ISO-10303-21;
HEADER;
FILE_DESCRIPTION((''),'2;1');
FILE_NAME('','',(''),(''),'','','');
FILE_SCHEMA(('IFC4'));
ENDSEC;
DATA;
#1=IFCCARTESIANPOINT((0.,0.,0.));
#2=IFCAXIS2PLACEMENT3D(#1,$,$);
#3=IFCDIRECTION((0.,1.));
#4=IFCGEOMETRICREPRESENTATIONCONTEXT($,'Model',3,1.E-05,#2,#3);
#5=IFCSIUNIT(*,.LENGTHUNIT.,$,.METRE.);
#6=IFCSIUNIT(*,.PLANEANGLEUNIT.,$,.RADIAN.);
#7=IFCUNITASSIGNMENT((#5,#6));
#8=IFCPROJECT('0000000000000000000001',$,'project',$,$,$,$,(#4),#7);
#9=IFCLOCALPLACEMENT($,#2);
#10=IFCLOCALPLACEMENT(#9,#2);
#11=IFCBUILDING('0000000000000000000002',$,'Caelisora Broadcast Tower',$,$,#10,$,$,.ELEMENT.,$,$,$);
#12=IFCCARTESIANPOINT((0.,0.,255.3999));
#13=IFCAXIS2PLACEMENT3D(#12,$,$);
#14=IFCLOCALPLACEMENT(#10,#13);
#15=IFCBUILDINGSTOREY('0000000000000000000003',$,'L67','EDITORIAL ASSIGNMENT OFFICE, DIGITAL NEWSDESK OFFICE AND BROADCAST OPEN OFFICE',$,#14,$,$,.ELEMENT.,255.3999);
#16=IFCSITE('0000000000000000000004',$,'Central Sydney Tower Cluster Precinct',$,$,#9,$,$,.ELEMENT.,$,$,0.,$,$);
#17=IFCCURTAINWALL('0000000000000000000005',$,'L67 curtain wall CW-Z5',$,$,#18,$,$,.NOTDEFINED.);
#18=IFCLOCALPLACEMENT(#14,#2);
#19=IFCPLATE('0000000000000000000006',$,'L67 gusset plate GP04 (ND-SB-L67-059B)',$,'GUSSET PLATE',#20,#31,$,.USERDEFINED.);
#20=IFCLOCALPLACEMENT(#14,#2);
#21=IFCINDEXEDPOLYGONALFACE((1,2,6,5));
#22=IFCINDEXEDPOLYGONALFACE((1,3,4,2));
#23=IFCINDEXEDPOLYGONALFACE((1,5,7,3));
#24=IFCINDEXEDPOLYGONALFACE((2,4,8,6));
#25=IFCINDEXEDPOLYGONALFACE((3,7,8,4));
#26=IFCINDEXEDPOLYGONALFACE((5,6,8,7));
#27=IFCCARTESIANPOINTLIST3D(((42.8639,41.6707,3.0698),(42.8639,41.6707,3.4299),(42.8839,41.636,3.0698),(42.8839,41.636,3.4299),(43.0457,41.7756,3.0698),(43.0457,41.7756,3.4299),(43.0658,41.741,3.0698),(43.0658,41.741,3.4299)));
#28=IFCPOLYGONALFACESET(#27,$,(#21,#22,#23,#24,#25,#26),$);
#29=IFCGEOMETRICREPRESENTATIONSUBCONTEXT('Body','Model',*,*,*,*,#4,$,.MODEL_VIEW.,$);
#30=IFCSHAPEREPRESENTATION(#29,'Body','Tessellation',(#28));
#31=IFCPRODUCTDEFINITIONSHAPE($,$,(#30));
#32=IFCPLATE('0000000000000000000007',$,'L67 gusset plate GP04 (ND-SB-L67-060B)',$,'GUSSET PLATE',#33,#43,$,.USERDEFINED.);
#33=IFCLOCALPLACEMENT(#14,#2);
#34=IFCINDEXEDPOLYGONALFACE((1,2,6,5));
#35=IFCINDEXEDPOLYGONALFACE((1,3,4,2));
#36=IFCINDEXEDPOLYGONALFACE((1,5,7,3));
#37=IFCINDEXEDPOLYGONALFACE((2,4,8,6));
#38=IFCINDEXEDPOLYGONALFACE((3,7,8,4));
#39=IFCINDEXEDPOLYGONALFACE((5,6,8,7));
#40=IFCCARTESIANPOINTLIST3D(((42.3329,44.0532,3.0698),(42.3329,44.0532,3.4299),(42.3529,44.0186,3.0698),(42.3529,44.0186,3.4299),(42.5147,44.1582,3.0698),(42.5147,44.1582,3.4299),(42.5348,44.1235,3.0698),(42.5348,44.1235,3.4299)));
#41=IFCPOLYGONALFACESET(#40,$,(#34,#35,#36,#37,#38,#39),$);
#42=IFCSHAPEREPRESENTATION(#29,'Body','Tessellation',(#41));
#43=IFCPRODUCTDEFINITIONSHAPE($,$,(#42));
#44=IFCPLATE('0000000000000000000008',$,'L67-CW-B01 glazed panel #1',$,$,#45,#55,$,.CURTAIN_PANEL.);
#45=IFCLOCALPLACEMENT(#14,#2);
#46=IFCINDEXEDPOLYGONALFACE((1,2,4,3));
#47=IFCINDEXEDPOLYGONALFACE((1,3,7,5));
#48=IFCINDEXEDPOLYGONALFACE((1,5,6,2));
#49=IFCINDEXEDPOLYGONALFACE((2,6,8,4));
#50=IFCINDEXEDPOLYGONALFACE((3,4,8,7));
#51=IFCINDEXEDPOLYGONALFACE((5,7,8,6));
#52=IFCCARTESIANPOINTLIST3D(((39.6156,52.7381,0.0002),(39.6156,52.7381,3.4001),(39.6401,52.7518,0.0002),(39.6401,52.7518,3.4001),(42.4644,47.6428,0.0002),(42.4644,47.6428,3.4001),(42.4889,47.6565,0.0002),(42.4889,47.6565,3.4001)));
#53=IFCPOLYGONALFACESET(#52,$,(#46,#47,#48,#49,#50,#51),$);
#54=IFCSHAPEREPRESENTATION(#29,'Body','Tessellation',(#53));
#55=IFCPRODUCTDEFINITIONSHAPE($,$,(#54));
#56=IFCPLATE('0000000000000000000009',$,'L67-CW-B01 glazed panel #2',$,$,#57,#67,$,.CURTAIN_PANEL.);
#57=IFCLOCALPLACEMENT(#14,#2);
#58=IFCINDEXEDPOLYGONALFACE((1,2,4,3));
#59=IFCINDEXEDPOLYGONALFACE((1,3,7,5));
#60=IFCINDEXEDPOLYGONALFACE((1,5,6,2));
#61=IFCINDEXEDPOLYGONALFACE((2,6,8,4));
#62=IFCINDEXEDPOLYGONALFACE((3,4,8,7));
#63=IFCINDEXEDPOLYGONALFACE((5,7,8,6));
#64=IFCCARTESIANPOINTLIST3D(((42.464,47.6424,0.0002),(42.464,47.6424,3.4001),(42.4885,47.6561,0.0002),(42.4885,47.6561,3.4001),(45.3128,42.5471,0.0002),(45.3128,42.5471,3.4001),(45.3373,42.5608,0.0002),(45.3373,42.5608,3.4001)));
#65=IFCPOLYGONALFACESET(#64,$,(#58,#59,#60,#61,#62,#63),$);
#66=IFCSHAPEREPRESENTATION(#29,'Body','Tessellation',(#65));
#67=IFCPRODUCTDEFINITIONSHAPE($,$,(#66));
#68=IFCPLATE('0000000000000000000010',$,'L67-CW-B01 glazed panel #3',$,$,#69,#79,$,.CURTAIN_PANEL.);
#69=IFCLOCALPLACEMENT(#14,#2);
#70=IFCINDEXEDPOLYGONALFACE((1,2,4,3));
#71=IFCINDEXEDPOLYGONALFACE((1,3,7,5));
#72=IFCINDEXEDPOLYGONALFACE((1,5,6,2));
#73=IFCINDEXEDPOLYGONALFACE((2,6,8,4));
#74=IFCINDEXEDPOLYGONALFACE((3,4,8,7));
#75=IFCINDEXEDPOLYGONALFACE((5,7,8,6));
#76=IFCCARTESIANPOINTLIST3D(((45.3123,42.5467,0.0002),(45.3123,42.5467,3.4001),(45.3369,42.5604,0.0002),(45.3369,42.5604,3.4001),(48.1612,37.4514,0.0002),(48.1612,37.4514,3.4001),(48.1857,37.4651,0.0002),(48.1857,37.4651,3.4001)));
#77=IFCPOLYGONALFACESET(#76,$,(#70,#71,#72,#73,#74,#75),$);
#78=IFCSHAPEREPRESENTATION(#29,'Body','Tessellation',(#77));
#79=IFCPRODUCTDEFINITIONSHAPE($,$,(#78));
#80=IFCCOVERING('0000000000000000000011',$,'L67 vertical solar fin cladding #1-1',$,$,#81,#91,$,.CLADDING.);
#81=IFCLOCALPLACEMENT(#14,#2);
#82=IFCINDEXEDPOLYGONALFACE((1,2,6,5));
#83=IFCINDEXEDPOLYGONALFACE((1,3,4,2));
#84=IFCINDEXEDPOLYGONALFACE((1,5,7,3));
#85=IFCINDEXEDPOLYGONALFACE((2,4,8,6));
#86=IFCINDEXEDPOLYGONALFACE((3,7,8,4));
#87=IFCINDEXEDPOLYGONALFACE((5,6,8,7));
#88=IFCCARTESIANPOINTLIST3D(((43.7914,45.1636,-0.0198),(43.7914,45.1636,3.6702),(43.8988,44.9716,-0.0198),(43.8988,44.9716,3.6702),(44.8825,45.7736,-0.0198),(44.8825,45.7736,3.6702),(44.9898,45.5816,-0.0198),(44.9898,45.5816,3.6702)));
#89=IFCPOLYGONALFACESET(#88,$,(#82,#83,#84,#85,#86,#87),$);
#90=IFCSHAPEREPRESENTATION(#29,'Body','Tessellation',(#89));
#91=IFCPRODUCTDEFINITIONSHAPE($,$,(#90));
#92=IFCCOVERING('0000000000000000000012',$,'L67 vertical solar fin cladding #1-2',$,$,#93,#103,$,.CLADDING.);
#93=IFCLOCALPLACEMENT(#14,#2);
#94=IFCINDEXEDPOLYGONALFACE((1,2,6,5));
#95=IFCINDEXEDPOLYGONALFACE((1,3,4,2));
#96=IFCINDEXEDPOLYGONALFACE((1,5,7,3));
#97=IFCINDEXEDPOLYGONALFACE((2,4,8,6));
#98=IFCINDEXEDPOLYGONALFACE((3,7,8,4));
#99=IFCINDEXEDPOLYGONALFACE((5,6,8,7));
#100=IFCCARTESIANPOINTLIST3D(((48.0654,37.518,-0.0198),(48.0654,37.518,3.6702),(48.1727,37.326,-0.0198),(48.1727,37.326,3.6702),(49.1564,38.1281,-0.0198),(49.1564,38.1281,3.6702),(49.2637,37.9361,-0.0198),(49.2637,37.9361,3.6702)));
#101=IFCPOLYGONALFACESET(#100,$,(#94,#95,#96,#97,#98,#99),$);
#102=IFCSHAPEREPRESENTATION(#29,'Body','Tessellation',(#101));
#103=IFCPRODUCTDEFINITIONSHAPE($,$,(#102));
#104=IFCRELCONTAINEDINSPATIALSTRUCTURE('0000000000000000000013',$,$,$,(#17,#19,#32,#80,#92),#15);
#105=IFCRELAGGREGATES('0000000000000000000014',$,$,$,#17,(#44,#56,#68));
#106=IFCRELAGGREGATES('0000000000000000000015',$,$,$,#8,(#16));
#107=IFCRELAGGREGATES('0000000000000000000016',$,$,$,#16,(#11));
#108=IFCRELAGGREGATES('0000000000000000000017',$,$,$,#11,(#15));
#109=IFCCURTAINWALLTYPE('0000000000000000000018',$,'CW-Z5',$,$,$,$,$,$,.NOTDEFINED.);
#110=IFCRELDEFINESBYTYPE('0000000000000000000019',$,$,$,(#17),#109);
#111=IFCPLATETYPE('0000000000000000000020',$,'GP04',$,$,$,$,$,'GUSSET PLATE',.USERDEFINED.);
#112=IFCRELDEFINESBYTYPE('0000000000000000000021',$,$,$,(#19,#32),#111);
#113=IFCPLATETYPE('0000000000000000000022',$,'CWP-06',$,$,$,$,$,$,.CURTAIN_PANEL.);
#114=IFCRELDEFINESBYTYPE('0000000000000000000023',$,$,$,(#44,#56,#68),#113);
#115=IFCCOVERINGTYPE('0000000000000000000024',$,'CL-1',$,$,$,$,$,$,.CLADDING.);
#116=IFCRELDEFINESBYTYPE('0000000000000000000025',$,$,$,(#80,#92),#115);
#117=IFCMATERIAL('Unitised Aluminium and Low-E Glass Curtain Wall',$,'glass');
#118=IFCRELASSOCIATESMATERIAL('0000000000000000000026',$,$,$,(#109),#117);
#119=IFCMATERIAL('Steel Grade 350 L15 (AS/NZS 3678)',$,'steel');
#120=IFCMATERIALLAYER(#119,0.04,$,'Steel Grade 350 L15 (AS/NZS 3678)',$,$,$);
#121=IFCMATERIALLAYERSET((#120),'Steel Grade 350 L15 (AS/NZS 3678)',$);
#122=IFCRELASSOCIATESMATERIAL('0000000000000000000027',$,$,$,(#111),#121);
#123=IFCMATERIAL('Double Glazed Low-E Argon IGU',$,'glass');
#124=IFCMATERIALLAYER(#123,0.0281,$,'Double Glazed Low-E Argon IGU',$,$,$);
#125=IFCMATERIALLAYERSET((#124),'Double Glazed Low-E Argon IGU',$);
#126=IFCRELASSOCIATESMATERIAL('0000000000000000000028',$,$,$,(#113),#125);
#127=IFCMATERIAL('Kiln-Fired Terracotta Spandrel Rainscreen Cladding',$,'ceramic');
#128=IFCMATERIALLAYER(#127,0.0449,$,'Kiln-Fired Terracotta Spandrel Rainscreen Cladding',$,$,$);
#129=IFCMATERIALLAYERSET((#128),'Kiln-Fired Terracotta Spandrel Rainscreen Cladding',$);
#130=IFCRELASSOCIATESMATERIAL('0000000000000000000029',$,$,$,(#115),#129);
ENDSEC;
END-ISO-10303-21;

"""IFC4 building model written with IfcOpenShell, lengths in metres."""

from ifc_helpers import new_model, si_unit, direction, frame, origin, origin_2d, place, context, subcontext, project, spatial, rectangle, extrude, source, transform, mapped, material, layer, layer_set, type_object, type_shapes, element, aggregate, save


model = new_model("IFC4")

# Units and contexts
model_context = context("Model", 3, precision=1e-05, world=origin(), true_north=direction((0.0, 1.0)))
body_context = subcontext(model_context, "Body", "Model", "MODEL_VIEW")
ifc_project = project(units=[si_unit("LENGTHUNIT", "METRE"), si_unit("PLANEANGLEUNIT", "RADIAN")], contexts=[model_context])

# Site, building, storey
site_placement = place(None, origin())
site = spatial("IfcSite", under=ifc_project, at=site_placement, Name="Central Sydney Tower Cluster Precinct", CompositionType="ELEMENT", RefElevation=0.0)
building_placement = place(site_placement, origin())
building = spatial("IfcBuilding", under=site, at=building_placement, Name="Caelisora Broadcast Tower", CompositionType="ELEMENT")
storey_placement = place(building_placement, frame((0.0, 0.0, 255.3999)))
storey = spatial("IfcBuildingStorey", under=building, at=storey_placement, Name="L67", Description="EDITORIAL ASSIGNMENT OFFICE, DIGITAL NEWSDESK OFFICE AND BROADCAST OPEN OFFICE", CompositionType="ELEMENT", Elevation=255.3999)

# Shared definitions
ifc_material_1 = material(Name="Steel Grade 350 L15 (AS/NZS 3678)", Category="steel")

# Curtain wall
ifc_material_2 = material(Name="Unitised Aluminium and Low-E Glass Curtain Wall", Category="glass")
curtain_wall_type_1 = type_object("IfcCurtainWallType", Name="CW-Z5", PredefinedType="NOTDEFINED", material=ifc_material_2)
curtain_wall_1_placement = place(storey_placement, origin())
curtain_wall_1 = element("IfcCurtainWall", 1, at=curtain_wall_1_placement, inside=storey, type_object=curtain_wall_type_1, Name="L67 curtain wall CW-Z5", PredefinedType="NOTDEFINED")

# Plates
ifc_layer_1 = layer(ifc_material_1, 0.04, Name="Steel Grade 350 L15 (AS/NZS 3678)")
ifc_layer_set_1 = layer_set([ifc_layer_1], Name="Steel Grade 350 L15 (AS/NZS 3678)")
plate_type_1 = type_object("IfcPlateType", Name="GP04", ElementType="GUSSET PLATE", PredefinedType="USERDEFINED", material=ifc_layer_set_1)
shared_shape_1 = source(origin(), body_context, "Body", "SweptSolid", [
    extrude(rectangle(XDim=0.21, YDim=0.04, at=origin_2d()), origin(), (0.0, 0.0, 1.0), 0.3601),
])
type_shapes(plate_type_1, [shared_shape_1])
for number, where, z_axis, x_axis, name in (
    (2, (42.9648, 41.7058, 3.0698), (0.0, 0.0, 1.0), (-0.866025, -0.5, 0.0), "L67 gusset plate GP04 (ND-SB-L67-059B)"),
    (3, (42.4338, 44.0884, 3.0698), (0.0, 0.0, 1.0), (-0.866025, -0.5, 0.0), "L67 gusset plate GP04 (ND-SB-L67-060B)"),
):
    element("IfcPlate", number, at=place(storey_placement, frame(where, z_axis=z_axis, x_axis=x_axis)), inside=storey, type_object=plate_type_1, Name=name, ObjectType="GUSSET PLATE", PredefinedType="USERDEFINED", context=body_context, shape_type="MappedRepresentation", body=[
        mapped(shared_shape_1, transform((0.0, 0.0, 0.0), scale=1.0)),
    ])

# Plates
ifc_material_3 = material(Name="Double Glazed Low-E Argon IGU", Category="glass")
ifc_layer_2 = layer(ifc_material_3, 0.0281, Name="Double Glazed Low-E Argon IGU")
ifc_layer_set_2 = layer_set([ifc_layer_2], Name="Double Glazed Low-E Argon IGU")
plate_type_2 = type_object("IfcPlateType", Name="CWP-06", PredefinedType="CURTAIN_PANEL", material=ifc_layer_set_2)
shared_shape_2 = source(origin(), body_context, "Body", "SweptSolid", [
    extrude(rectangle(XDim=5.8376, YDim=0.0281, at=origin_2d()), origin(), (0.0, 0.0, 1.0), 3.3999),
])
type_shapes(plate_type_2, [shared_shape_2])
plate_1_placement = place(storey_placement, frame((41.0522, 50.1973, 0.0002), z_axis=(0.0, 0.0, 1.0), x_axis=(0.488012, -0.872837, 0.0)))
plate_1 = element("IfcPlate", 4, at=plate_1_placement, type_object=plate_type_2, Name="L67-CW-B01 glazed panel #1", PredefinedType="CURTAIN_PANEL", context=body_context, shape_type="MappedRepresentation", body=[
    mapped(shared_shape_2, transform((0.0, 0.0, 0.0), scale=1.0)),
])
plate_2_placement = place(storey_placement, frame((43.9006, 45.1016, 0.0002), z_axis=(0.0, 0.0, 1.0), x_axis=(0.488012, -0.872837, 0.0)))
plate_2 = element("IfcPlate", 5, at=plate_2_placement, type_object=plate_type_2, Name="L67-CW-B01 glazed panel #2", PredefinedType="CURTAIN_PANEL", context=body_context, shape_type="MappedRepresentation", body=[
    mapped(shared_shape_2, transform((0.0, 0.0, 0.0), scale=1.0)),
])
plate_3_placement = place(storey_placement, frame((46.749, 40.0059, 0.0002), z_axis=(0.0, 0.0, 1.0), x_axis=(0.488012, -0.872837, 0.0)))
plate_3 = element("IfcPlate", 6, at=plate_3_placement, type_object=plate_type_2, Name="L67-CW-B01 glazed panel #3", PredefinedType="CURTAIN_PANEL", context=body_context, shape_type="MappedRepresentation", body=[
    mapped(shared_shape_2, transform((0.0, 0.0, 0.0), scale=1.0)),
])
aggregate(curtain_wall_1, [plate_1, plate_2, plate_3])

# Coverings
ifc_material_4 = material(Name="Kiln-Fired Terracotta Spandrel Rainscreen Cladding", Category="ceramic")
ifc_layer_3 = layer(ifc_material_4, 0.0449, Name="Kiln-Fired Terracotta Spandrel Rainscreen Cladding")
ifc_layer_set_3 = layer_set([ifc_layer_3], Name="Kiln-Fired Terracotta Spandrel Rainscreen Cladding")
covering_type = type_object("IfcCoveringType", Name="CL-1", PredefinedType="CLADDING", material=ifc_layer_set_3)
shared_shape_3 = source(origin(), body_context, "Body", "SweptSolid", [
    extrude(rectangle(XDim=0.22, YDim=1.25, at=origin_2d()), origin(), (0.0, 0.0, 1.0), 3.6899),
])
type_shapes(covering_type, [shared_shape_3])
for number, where, z_axis, x_axis, name in (
    (7, (44.3906, 45.3726, -0.0198), (0.0, 0.0, 1.0), (0.488012, -0.872837, 0.0), "L67 vertical solar fin cladding #1-1"),
    (8, (48.6646, 37.7271, -0.0198), (0.0, 0.0, 1.0), (0.488012, -0.872837, 0.0), "L67 vertical solar fin cladding #1-2"),
):
    element("IfcCovering", number, at=place(storey_placement, frame(where, z_axis=z_axis, x_axis=x_axis)), inside=storey, type_object=covering_type, Name=name, PredefinedType="CLADDING", context=body_context, shape_type="MappedRepresentation", body=[
        mapped(shared_shape_3, transform((0.0, 0.0, 0.0), scale=1.0)),
    ])

save(model, "model.ifc")
